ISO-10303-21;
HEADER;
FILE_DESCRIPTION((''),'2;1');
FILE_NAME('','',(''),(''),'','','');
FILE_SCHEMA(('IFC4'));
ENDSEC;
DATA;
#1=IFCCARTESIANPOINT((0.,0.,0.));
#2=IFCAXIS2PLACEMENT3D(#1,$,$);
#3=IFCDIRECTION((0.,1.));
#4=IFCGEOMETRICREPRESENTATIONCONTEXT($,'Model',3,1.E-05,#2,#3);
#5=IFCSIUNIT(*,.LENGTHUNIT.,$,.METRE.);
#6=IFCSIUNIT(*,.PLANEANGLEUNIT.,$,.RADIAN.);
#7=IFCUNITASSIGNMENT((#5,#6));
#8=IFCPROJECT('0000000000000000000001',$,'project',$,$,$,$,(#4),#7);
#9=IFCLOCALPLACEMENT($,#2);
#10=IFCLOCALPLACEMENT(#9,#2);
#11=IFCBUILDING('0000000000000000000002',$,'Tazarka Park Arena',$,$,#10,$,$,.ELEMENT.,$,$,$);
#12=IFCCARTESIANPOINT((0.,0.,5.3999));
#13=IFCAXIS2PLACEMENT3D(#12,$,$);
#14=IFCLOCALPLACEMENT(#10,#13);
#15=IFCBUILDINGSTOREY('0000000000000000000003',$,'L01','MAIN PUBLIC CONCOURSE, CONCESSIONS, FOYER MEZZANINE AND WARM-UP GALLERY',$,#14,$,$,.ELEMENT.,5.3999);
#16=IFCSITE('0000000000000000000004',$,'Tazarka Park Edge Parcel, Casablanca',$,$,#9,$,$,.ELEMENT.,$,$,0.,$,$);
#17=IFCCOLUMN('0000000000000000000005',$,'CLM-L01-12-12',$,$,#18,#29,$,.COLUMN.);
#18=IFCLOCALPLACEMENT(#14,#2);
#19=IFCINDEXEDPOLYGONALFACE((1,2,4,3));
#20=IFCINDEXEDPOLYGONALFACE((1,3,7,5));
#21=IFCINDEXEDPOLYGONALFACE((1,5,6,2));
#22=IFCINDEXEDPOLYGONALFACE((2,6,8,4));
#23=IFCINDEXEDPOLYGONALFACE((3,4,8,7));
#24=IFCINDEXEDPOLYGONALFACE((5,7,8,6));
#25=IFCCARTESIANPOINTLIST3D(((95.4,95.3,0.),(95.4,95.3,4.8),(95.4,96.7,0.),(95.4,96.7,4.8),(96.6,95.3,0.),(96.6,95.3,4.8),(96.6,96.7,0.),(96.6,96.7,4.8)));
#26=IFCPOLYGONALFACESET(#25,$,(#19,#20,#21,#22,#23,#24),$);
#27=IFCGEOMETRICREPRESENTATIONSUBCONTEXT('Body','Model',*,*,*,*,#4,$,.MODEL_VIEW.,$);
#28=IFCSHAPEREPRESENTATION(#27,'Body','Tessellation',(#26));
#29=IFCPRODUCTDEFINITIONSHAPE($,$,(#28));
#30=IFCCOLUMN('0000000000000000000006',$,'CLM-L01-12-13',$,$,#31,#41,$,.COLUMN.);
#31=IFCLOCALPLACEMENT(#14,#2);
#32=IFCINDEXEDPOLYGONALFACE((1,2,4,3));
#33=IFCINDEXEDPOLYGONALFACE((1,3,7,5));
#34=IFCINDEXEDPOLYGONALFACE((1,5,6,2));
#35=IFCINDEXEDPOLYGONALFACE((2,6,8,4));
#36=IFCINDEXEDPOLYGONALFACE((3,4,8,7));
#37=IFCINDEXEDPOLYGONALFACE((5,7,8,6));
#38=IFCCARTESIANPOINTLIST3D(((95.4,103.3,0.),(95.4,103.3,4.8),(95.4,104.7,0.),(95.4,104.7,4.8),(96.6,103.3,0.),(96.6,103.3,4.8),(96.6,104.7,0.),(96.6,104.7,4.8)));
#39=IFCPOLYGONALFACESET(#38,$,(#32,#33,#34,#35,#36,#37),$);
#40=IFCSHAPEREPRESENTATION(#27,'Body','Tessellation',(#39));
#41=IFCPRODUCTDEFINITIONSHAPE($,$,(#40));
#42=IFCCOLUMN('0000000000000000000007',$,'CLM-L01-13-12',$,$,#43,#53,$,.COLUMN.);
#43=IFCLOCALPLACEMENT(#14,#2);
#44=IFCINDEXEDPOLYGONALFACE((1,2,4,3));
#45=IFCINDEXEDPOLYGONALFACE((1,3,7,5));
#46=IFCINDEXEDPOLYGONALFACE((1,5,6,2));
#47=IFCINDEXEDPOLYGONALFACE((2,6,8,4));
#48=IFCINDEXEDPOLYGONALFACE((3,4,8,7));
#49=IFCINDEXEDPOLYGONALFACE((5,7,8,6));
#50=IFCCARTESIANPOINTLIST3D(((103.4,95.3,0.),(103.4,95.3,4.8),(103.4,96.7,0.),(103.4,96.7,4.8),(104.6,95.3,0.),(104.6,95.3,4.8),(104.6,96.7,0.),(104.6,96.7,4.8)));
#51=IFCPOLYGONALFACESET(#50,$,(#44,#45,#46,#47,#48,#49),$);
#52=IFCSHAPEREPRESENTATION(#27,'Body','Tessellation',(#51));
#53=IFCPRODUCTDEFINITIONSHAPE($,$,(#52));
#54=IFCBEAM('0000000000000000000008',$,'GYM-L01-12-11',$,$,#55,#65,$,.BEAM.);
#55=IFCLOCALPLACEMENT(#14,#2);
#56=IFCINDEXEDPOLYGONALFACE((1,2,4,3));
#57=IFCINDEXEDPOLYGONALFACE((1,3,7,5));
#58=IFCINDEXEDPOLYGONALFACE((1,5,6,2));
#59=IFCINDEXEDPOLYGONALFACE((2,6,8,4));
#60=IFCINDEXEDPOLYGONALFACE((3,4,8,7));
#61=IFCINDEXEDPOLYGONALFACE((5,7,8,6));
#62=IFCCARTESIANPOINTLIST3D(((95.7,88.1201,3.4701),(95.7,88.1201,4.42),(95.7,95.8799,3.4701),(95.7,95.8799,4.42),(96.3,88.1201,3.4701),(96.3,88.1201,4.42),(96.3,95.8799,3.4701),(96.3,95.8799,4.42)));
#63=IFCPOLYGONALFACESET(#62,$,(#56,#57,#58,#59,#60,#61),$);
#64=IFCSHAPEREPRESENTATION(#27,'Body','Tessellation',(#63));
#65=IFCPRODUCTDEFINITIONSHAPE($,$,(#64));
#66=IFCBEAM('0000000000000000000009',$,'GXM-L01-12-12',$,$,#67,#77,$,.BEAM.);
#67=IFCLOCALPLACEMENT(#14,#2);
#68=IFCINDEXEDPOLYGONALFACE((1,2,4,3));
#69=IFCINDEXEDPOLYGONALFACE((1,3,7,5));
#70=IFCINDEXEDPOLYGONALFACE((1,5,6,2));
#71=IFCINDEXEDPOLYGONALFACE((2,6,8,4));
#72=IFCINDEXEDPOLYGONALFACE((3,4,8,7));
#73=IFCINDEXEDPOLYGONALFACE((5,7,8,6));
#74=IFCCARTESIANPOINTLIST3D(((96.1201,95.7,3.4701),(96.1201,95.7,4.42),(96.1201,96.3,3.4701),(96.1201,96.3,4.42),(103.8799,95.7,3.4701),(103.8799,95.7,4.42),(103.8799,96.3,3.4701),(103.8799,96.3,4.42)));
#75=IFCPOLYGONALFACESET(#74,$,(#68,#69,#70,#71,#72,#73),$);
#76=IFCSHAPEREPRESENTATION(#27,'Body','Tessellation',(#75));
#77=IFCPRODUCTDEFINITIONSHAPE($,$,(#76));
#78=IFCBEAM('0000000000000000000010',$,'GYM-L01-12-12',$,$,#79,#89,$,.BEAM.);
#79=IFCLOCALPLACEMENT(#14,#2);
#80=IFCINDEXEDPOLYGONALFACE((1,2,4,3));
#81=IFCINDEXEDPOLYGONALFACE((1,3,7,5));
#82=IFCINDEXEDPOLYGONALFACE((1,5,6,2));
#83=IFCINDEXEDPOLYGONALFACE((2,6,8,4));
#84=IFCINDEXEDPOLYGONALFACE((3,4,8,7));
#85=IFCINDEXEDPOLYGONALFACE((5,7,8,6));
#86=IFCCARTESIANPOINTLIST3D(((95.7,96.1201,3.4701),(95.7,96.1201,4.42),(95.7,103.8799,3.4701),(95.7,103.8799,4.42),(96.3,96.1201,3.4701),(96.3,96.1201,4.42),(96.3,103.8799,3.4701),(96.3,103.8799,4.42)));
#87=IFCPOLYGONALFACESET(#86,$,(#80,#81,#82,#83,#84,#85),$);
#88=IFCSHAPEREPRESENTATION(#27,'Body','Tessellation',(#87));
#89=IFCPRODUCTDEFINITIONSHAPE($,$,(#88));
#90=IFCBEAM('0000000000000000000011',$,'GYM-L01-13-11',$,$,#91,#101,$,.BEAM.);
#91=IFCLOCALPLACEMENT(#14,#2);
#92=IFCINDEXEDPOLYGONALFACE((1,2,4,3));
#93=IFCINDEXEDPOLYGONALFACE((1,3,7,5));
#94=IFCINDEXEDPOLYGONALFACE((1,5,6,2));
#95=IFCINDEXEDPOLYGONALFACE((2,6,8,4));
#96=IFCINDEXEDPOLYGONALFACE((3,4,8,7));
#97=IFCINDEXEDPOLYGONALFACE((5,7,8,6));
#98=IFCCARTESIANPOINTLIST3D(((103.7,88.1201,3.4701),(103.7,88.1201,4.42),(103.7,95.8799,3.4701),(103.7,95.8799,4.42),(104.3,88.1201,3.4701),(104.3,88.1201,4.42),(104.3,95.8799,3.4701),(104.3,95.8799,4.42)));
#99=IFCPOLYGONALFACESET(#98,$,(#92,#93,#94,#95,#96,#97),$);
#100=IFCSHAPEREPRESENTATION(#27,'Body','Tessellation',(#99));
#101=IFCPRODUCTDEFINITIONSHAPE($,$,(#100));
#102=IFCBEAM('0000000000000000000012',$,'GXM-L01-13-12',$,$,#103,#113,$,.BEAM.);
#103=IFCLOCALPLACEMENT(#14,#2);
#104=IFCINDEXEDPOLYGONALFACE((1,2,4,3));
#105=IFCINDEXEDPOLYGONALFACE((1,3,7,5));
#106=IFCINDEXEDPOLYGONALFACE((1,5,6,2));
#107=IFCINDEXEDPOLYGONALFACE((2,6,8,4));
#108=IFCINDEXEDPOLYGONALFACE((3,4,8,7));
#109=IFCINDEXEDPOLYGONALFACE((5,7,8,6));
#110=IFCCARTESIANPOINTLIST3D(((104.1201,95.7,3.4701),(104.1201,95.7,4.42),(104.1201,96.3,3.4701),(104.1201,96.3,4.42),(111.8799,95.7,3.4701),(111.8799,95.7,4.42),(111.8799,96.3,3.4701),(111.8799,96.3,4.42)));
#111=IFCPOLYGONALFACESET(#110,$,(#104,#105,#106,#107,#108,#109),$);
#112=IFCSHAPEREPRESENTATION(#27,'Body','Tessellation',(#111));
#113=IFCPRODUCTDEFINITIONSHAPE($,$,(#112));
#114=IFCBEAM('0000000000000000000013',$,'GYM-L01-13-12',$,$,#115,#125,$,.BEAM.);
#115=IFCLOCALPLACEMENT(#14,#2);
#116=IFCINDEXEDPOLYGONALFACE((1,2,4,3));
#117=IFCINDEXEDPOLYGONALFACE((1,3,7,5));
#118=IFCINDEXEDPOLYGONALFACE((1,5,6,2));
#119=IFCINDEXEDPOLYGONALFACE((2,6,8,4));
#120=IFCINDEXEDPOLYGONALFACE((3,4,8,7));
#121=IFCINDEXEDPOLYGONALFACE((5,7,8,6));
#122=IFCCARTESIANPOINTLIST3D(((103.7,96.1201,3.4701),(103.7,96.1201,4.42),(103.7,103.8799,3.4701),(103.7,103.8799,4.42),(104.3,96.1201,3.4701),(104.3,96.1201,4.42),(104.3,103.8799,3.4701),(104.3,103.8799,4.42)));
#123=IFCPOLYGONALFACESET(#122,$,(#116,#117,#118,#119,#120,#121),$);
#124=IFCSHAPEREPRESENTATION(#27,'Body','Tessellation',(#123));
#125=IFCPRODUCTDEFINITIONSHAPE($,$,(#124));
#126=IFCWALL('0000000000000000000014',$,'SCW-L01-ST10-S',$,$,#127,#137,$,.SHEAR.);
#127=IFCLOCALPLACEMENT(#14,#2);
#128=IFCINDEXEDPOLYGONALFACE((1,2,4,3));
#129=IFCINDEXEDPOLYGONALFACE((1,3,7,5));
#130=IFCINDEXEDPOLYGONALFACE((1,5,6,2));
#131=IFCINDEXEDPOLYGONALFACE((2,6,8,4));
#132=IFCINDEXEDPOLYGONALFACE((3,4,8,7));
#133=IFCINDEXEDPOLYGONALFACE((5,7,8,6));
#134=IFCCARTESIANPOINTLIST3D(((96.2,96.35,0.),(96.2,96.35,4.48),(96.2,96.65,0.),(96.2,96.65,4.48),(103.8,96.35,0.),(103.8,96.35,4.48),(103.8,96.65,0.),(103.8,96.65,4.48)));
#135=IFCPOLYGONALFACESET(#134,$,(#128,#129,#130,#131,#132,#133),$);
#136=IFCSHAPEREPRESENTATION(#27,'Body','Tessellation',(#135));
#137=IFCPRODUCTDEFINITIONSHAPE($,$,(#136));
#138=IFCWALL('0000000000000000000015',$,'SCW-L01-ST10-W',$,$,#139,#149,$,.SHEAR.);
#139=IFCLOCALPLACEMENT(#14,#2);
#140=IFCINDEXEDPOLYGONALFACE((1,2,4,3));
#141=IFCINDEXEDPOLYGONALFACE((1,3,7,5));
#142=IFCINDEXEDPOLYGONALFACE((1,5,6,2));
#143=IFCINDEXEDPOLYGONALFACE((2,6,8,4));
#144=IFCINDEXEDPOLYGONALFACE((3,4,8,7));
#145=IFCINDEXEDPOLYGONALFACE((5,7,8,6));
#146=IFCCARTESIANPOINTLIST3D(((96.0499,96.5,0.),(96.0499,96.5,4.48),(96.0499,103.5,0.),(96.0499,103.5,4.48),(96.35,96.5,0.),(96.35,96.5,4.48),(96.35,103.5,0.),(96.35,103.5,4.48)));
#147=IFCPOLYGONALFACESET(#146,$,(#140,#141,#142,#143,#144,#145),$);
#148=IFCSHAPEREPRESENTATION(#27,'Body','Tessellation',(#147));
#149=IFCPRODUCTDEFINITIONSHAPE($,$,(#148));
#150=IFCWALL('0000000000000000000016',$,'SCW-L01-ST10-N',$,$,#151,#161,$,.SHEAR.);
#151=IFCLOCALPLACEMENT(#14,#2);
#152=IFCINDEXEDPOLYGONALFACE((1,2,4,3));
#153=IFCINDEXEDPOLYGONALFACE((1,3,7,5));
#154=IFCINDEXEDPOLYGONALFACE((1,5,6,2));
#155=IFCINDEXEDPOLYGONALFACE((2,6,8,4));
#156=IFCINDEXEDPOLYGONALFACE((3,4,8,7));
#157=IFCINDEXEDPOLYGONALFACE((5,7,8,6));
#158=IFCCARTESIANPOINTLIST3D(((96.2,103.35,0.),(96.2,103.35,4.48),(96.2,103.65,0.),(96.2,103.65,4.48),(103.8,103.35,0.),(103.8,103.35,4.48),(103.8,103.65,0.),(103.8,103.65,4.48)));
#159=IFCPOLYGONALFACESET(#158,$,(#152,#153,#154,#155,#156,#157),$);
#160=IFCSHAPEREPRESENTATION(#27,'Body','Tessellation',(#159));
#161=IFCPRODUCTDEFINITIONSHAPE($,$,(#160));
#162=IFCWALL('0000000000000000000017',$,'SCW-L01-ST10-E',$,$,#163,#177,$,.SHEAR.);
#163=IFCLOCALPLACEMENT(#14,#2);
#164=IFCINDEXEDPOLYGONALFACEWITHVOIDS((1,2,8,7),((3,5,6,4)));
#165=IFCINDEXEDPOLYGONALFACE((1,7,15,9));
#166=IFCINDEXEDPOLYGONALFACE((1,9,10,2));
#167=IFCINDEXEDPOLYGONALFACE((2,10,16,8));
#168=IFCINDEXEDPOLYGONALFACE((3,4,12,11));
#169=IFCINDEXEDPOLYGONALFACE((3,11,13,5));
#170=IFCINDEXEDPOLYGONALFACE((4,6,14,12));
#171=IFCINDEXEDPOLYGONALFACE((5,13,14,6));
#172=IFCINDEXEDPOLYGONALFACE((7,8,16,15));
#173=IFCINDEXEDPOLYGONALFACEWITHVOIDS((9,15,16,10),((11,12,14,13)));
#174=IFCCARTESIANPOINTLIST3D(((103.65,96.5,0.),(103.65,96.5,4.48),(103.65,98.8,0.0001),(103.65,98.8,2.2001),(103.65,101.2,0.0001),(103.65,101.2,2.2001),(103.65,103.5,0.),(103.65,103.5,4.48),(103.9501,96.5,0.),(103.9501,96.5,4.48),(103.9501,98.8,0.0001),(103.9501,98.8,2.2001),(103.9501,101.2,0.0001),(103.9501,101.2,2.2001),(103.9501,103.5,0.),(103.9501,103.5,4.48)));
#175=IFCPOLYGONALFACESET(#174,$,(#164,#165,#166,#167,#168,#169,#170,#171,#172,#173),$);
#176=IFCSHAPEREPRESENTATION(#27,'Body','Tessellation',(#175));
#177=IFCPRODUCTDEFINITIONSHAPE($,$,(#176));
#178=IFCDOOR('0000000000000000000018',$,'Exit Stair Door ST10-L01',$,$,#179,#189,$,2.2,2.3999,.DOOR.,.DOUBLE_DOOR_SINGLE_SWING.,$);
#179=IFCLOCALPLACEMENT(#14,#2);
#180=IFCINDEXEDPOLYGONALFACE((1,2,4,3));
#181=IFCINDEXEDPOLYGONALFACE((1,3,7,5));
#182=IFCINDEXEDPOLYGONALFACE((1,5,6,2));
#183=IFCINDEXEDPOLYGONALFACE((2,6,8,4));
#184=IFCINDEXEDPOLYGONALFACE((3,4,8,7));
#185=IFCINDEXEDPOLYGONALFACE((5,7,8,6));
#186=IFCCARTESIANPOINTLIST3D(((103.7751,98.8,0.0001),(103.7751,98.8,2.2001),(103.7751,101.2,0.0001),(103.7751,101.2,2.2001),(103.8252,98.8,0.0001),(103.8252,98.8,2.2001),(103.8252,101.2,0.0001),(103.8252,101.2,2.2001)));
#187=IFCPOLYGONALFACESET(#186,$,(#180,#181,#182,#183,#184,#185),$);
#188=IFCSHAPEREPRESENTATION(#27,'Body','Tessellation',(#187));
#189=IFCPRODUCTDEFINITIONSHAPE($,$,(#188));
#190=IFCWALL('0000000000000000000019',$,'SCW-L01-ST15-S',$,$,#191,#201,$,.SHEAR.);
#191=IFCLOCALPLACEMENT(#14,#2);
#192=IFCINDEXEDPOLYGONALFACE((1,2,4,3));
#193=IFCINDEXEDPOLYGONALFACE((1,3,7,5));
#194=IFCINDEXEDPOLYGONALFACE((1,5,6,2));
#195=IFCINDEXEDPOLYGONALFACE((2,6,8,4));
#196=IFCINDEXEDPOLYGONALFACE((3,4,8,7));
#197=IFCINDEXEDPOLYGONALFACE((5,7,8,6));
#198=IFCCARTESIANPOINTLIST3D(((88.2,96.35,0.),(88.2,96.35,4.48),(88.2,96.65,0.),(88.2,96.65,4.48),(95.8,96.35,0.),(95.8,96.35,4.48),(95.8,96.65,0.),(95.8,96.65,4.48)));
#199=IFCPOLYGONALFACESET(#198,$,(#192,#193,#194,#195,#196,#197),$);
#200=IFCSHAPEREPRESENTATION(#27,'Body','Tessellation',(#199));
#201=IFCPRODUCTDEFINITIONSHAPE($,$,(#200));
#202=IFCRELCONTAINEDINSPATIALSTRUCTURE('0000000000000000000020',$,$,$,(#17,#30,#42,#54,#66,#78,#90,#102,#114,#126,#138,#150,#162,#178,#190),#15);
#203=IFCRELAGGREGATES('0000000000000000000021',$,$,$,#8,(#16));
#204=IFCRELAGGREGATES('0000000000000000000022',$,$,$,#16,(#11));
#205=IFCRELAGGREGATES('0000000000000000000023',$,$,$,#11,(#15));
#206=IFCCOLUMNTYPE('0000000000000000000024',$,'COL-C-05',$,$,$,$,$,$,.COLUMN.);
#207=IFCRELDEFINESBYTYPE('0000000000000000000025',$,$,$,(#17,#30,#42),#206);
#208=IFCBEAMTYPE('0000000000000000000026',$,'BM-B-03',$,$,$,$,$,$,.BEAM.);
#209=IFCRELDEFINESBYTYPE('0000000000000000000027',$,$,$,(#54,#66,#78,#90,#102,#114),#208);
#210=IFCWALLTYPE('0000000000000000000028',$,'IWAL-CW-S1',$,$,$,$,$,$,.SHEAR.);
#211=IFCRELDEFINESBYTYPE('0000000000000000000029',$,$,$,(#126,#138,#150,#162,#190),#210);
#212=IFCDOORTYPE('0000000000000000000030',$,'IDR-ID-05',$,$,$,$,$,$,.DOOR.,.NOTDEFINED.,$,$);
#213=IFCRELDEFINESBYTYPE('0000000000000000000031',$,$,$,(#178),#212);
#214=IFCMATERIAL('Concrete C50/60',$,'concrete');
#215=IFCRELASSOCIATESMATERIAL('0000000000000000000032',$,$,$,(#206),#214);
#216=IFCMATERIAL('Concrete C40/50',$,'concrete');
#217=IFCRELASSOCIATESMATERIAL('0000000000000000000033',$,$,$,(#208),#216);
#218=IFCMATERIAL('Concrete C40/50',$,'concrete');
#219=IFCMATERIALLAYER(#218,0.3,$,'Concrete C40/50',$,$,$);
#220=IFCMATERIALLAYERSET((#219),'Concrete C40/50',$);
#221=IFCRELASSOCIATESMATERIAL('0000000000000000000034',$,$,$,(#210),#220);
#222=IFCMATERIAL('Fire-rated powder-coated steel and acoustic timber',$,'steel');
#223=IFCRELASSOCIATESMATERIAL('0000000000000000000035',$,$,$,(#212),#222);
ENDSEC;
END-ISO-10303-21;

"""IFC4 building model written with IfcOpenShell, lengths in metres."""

from ifc_helpers import new_model, si_unit, direction, frame, frame_2d, origin, origin_2d, place, context, subcontext, project, spatial, rectangle, extrude, material, layer, layer_set, material_profile, profile_set, type_object, element, fill, save


model = new_model("IFC4")

# Units and contexts
model_context = context("Model", 3, precision=1e-05, world=origin(), true_north=direction((0.0, 1.0)))
body_context = subcontext(model_context, "Body", "Model", "MODEL_VIEW")
ifc_project = project(units=[si_unit("LENGTHUNIT", "METRE"), si_unit("PLANEANGLEUNIT", "RADIAN")], contexts=[model_context])

# Site, building, storey
site_placement = place(None, origin())
site = spatial("IfcSite", under=ifc_project, at=site_placement, Name="Tazarka Park Edge Parcel, Casablanca", CompositionType="ELEMENT", RefElevation=0.0)
building_placement = place(site_placement, origin())
building = spatial("IfcBuilding", under=site, at=building_placement, Name="Tazarka Park Arena", CompositionType="ELEMENT")
storey_placement = place(building_placement, frame((0.0, 0.0, 5.3999)))
storey = spatial("IfcBuildingStorey", under=building, at=storey_placement, Name="L01", Description="MAIN PUBLIC CONCOURSE, CONCESSIONS, FOYER MEZZANINE AND WARM-UP GALLERY", CompositionType="ELEMENT", Elevation=5.3999)

# Columns
ifc_material_1 = material(Name="Concrete C50/60", Category="concrete")
ifc_material_profile_1 = material_profile(ifc_material_1, rectangle(XDim=1.2, YDim=1.3999, at=origin_2d()), Name="Concrete C50/60")
ifc_profile_set_1 = profile_set([ifc_material_profile_1], Name="Concrete C50/60")
column_type = type_object("IfcColumnType", Name="COL-C-05", PredefinedType="COLUMN", material=ifc_profile_set_1)
for number, where, z_axis, x_axis, name in (
    (1, (96.0, 96.0, 0.0), (0.0, 0.0, 1.0), (1.0, 0.0, 0.0), "CLM-L01-12-12"),
    (2, (96.0, 104.0, 0.0), (0.0, 0.0, 1.0), (1.0, 0.0, 0.0), "CLM-L01-12-13"),
    (3, (104.0, 96.0, 0.0), (0.0, 0.0, 1.0), (1.0, 0.0, 0.0), "CLM-L01-13-12"),
):
    element("IfcColumn", number, at=place(storey_placement, frame(where, z_axis=z_axis, x_axis=x_axis)), inside=storey, type_object=column_type, Name=name, PredefinedType="COLUMN", context=body_context, shape_type="SweptSolid", body=[
        extrude(rectangle(XDim=1.2, YDim=1.3999, at=origin_2d()), origin(), (0.0, 0.0, 1.0), 4.8),
    ])

# Beams
ifc_material_2 = material(Name="Concrete C40/50", Category="concrete")
ifc_material_profile_2 = material_profile(ifc_material_2, rectangle(XDim=0.6001, YDim=0.95, at=origin_2d()), Name="Concrete C40/50")
ifc_profile_set_2 = profile_set([ifc_material_profile_2], Name="Concrete C40/50")
beam_type = type_object("IfcBeamType", Name="BM-B-03", PredefinedType="BEAM", material=ifc_profile_set_2)
for number, where, z_axis, x_axis, name in (
    (4, (96.0, 88.1201, 3.9451), (0.0, 1.0, 0.0), (-1.0, 0.0, 0.0), "GYM-L01-12-11"),
    (5, (96.1201, 96.0, 3.9451), (1.0, 0.0, 0.0), (0.0, 1.0, 0.0), "GXM-L01-12-12"),
    (6, (96.0, 96.1201, 3.9451), (0.0, 1.0, 0.0), (-1.0, 0.0, 0.0), "GYM-L01-12-12"),
    (7, (104.0, 88.1201, 3.9451), (0.0, 1.0, 0.0), (-1.0, 0.0, 0.0), "GYM-L01-13-11"),
    (8, (104.1201, 96.0, 3.9451), (1.0, 0.0, 0.0), (0.0, 1.0, 0.0), "GXM-L01-13-12"),
    (9, (104.0, 96.1201, 3.9451), (0.0, 1.0, 0.0), (-1.0, 0.0, 0.0), "GYM-L01-13-12"),
):
    element("IfcBeam", number, at=place(storey_placement, frame(where, z_axis=z_axis, x_axis=x_axis)), inside=storey, type_object=beam_type, Name=name, PredefinedType="BEAM", context=body_context, shape_type="SweptSolid", body=[
        extrude(rectangle(XDim=0.6001, YDim=0.95, at=origin_2d()), origin(), (0.0, 0.0, 1.0), 7.7598),
    ])

# Walls
ifc_material_3 = material(Name="Concrete C40/50", Category="concrete")
ifc_layer = layer(ifc_material_3, 0.3, Name="Concrete C40/50")
ifc_layer_set = layer_set([ifc_layer], Name="Concrete C40/50")
wall_type = type_object("IfcWallType", Name="IWAL-CW-S1", PredefinedType="SHEAR", material=ifc_layer_set)
wall_1_placement = place(storey_placement, frame((103.8, 96.5, 0.0), z_axis=(0.0, 0.0, 1.0), x_axis=(-1.0, 0.0, 0.0)))
element("IfcWall", 10, at=wall_1_placement, inside=storey, type_object=wall_type, Name="SCW-L01-ST10-S", PredefinedType="SHEAR", context=body_context, shape_type="SweptSolid", body=[
    extrude(rectangle(XDim=7.6001, YDim=0.3, at=frame_2d((3.8, 0.0))), origin(), (0.0, 0.0, 1.0), 4.48),
])
wall_2_placement = place(storey_placement, frame((96.2, 96.5, 0.0), z_axis=(0.0, 0.0, 1.0), x_axis=(0.0, 1.0, 0.0)))
element("IfcWall", 11, at=wall_2_placement, inside=storey, type_object=wall_type, Name="SCW-L01-ST10-W", PredefinedType="SHEAR", context=body_context, shape_type="SweptSolid", body=[
    extrude(rectangle(XDim=7.0, YDim=0.3, at=frame_2d((3.5, 0.0))), origin(), (0.0, 0.0, 1.0), 4.48),
])
wall_3_placement = place(storey_placement, frame((96.2, 103.5, 0.0), z_axis=(0.0, 0.0, 1.0), x_axis=(1.0, 0.0, 0.0)))
element("IfcWall", 12, at=wall_3_placement, inside=storey, type_object=wall_type, Name="SCW-L01-ST10-N", PredefinedType="SHEAR", context=body_context, shape_type="SweptSolid", body=[
    extrude(rectangle(XDim=7.6001, YDim=0.3, at=frame_2d((3.8, 0.0))), origin(), (0.0, 0.0, 1.0), 4.48),
])

# Wall, opening, door
wall_4_placement = place(storey_placement, frame((103.8, 103.5, 0.0), z_axis=(0.0, 0.0, 1.0), x_axis=(0.0, -1.0, 0.0)))
wall_4 = element("IfcWall", 13, at=wall_4_placement, inside=storey, type_object=wall_type, Name="SCW-L01-ST10-E", PredefinedType="SHEAR", context=body_context, shape_type="SweptSolid", body=[
    extrude(rectangle(XDim=7.0, YDim=0.3, at=frame_2d((3.5, 0.0))), origin(), (0.0, 0.0, 1.0), 4.48),
])
opening_placement = place(wall_4_placement, frame((2.3, 0.0, 0.0)))
opening = element("IfcOpeningElement", 14, at=opening_placement, cuts=wall_4, PredefinedType="OPENING", context=body_context, shape_type="SweptSolid", body=[
    extrude(rectangle(XDim=2.3999, YDim=2.2, at=frame_2d((1.2, 1.1001))), frame((0.0, 0.1602, 0.0), z_axis=(0.0, -1.0, 0.0), x_axis=(1.0, 0.0, 0.0)), (0.0, 0.0, 1.0), 0.3201),
])
ifc_material_4 = material(Name="Fire-rated powder-coated steel and acoustic timber", Category="steel")
door_type = type_object("IfcDoorType", Name="IDR-ID-05", OperationType="NOTDEFINED", PredefinedType="DOOR", material=ifc_material_4)
door_placement = place(opening_placement, frame((2.3999, 0.0, 0.0), z_axis=(0.0, 0.0, 1.0), x_axis=(-1.0, 0.0, 0.0)))
door = element("IfcDoor", 15, at=door_placement, inside=storey, type_object=door_type, Name="Exit Stair Door ST10-L01", OperationType="DOUBLE_DOOR_SINGLE_SWING", OverallHeight=2.2, OverallWidth=2.3999, PredefinedType="DOOR", context=body_context, shape_type="SweptSolid", body=[
    extrude(rectangle(XDim=2.3999, YDim=2.2, at=frame_2d((1.2, 1.1001))), frame((0.0, 0.0249, 0.0), z_axis=(0.0, -1.0, 0.0), x_axis=(1.0, 0.0, 0.0)), (0.0, 0.0, 1.0), 0.05),
])
fill(opening, door)

# Wall
wall_5_placement = place(storey_placement, frame((95.8, 96.5, 0.0), z_axis=(0.0, 0.0, 1.0), x_axis=(-1.0, 0.0, 0.0)))
element("IfcWall", 16, at=wall_5_placement, inside=storey, type_object=wall_type, Name="SCW-L01-ST15-S", PredefinedType="SHEAR", context=body_context, shape_type="SweptSolid", body=[
    extrude(rectangle(XDim=7.6001, YDim=0.3, at=frame_2d((3.8, 0.0))), origin(), (0.0, 0.0, 1.0), 4.48),
])

save(model, "model.ifc")
